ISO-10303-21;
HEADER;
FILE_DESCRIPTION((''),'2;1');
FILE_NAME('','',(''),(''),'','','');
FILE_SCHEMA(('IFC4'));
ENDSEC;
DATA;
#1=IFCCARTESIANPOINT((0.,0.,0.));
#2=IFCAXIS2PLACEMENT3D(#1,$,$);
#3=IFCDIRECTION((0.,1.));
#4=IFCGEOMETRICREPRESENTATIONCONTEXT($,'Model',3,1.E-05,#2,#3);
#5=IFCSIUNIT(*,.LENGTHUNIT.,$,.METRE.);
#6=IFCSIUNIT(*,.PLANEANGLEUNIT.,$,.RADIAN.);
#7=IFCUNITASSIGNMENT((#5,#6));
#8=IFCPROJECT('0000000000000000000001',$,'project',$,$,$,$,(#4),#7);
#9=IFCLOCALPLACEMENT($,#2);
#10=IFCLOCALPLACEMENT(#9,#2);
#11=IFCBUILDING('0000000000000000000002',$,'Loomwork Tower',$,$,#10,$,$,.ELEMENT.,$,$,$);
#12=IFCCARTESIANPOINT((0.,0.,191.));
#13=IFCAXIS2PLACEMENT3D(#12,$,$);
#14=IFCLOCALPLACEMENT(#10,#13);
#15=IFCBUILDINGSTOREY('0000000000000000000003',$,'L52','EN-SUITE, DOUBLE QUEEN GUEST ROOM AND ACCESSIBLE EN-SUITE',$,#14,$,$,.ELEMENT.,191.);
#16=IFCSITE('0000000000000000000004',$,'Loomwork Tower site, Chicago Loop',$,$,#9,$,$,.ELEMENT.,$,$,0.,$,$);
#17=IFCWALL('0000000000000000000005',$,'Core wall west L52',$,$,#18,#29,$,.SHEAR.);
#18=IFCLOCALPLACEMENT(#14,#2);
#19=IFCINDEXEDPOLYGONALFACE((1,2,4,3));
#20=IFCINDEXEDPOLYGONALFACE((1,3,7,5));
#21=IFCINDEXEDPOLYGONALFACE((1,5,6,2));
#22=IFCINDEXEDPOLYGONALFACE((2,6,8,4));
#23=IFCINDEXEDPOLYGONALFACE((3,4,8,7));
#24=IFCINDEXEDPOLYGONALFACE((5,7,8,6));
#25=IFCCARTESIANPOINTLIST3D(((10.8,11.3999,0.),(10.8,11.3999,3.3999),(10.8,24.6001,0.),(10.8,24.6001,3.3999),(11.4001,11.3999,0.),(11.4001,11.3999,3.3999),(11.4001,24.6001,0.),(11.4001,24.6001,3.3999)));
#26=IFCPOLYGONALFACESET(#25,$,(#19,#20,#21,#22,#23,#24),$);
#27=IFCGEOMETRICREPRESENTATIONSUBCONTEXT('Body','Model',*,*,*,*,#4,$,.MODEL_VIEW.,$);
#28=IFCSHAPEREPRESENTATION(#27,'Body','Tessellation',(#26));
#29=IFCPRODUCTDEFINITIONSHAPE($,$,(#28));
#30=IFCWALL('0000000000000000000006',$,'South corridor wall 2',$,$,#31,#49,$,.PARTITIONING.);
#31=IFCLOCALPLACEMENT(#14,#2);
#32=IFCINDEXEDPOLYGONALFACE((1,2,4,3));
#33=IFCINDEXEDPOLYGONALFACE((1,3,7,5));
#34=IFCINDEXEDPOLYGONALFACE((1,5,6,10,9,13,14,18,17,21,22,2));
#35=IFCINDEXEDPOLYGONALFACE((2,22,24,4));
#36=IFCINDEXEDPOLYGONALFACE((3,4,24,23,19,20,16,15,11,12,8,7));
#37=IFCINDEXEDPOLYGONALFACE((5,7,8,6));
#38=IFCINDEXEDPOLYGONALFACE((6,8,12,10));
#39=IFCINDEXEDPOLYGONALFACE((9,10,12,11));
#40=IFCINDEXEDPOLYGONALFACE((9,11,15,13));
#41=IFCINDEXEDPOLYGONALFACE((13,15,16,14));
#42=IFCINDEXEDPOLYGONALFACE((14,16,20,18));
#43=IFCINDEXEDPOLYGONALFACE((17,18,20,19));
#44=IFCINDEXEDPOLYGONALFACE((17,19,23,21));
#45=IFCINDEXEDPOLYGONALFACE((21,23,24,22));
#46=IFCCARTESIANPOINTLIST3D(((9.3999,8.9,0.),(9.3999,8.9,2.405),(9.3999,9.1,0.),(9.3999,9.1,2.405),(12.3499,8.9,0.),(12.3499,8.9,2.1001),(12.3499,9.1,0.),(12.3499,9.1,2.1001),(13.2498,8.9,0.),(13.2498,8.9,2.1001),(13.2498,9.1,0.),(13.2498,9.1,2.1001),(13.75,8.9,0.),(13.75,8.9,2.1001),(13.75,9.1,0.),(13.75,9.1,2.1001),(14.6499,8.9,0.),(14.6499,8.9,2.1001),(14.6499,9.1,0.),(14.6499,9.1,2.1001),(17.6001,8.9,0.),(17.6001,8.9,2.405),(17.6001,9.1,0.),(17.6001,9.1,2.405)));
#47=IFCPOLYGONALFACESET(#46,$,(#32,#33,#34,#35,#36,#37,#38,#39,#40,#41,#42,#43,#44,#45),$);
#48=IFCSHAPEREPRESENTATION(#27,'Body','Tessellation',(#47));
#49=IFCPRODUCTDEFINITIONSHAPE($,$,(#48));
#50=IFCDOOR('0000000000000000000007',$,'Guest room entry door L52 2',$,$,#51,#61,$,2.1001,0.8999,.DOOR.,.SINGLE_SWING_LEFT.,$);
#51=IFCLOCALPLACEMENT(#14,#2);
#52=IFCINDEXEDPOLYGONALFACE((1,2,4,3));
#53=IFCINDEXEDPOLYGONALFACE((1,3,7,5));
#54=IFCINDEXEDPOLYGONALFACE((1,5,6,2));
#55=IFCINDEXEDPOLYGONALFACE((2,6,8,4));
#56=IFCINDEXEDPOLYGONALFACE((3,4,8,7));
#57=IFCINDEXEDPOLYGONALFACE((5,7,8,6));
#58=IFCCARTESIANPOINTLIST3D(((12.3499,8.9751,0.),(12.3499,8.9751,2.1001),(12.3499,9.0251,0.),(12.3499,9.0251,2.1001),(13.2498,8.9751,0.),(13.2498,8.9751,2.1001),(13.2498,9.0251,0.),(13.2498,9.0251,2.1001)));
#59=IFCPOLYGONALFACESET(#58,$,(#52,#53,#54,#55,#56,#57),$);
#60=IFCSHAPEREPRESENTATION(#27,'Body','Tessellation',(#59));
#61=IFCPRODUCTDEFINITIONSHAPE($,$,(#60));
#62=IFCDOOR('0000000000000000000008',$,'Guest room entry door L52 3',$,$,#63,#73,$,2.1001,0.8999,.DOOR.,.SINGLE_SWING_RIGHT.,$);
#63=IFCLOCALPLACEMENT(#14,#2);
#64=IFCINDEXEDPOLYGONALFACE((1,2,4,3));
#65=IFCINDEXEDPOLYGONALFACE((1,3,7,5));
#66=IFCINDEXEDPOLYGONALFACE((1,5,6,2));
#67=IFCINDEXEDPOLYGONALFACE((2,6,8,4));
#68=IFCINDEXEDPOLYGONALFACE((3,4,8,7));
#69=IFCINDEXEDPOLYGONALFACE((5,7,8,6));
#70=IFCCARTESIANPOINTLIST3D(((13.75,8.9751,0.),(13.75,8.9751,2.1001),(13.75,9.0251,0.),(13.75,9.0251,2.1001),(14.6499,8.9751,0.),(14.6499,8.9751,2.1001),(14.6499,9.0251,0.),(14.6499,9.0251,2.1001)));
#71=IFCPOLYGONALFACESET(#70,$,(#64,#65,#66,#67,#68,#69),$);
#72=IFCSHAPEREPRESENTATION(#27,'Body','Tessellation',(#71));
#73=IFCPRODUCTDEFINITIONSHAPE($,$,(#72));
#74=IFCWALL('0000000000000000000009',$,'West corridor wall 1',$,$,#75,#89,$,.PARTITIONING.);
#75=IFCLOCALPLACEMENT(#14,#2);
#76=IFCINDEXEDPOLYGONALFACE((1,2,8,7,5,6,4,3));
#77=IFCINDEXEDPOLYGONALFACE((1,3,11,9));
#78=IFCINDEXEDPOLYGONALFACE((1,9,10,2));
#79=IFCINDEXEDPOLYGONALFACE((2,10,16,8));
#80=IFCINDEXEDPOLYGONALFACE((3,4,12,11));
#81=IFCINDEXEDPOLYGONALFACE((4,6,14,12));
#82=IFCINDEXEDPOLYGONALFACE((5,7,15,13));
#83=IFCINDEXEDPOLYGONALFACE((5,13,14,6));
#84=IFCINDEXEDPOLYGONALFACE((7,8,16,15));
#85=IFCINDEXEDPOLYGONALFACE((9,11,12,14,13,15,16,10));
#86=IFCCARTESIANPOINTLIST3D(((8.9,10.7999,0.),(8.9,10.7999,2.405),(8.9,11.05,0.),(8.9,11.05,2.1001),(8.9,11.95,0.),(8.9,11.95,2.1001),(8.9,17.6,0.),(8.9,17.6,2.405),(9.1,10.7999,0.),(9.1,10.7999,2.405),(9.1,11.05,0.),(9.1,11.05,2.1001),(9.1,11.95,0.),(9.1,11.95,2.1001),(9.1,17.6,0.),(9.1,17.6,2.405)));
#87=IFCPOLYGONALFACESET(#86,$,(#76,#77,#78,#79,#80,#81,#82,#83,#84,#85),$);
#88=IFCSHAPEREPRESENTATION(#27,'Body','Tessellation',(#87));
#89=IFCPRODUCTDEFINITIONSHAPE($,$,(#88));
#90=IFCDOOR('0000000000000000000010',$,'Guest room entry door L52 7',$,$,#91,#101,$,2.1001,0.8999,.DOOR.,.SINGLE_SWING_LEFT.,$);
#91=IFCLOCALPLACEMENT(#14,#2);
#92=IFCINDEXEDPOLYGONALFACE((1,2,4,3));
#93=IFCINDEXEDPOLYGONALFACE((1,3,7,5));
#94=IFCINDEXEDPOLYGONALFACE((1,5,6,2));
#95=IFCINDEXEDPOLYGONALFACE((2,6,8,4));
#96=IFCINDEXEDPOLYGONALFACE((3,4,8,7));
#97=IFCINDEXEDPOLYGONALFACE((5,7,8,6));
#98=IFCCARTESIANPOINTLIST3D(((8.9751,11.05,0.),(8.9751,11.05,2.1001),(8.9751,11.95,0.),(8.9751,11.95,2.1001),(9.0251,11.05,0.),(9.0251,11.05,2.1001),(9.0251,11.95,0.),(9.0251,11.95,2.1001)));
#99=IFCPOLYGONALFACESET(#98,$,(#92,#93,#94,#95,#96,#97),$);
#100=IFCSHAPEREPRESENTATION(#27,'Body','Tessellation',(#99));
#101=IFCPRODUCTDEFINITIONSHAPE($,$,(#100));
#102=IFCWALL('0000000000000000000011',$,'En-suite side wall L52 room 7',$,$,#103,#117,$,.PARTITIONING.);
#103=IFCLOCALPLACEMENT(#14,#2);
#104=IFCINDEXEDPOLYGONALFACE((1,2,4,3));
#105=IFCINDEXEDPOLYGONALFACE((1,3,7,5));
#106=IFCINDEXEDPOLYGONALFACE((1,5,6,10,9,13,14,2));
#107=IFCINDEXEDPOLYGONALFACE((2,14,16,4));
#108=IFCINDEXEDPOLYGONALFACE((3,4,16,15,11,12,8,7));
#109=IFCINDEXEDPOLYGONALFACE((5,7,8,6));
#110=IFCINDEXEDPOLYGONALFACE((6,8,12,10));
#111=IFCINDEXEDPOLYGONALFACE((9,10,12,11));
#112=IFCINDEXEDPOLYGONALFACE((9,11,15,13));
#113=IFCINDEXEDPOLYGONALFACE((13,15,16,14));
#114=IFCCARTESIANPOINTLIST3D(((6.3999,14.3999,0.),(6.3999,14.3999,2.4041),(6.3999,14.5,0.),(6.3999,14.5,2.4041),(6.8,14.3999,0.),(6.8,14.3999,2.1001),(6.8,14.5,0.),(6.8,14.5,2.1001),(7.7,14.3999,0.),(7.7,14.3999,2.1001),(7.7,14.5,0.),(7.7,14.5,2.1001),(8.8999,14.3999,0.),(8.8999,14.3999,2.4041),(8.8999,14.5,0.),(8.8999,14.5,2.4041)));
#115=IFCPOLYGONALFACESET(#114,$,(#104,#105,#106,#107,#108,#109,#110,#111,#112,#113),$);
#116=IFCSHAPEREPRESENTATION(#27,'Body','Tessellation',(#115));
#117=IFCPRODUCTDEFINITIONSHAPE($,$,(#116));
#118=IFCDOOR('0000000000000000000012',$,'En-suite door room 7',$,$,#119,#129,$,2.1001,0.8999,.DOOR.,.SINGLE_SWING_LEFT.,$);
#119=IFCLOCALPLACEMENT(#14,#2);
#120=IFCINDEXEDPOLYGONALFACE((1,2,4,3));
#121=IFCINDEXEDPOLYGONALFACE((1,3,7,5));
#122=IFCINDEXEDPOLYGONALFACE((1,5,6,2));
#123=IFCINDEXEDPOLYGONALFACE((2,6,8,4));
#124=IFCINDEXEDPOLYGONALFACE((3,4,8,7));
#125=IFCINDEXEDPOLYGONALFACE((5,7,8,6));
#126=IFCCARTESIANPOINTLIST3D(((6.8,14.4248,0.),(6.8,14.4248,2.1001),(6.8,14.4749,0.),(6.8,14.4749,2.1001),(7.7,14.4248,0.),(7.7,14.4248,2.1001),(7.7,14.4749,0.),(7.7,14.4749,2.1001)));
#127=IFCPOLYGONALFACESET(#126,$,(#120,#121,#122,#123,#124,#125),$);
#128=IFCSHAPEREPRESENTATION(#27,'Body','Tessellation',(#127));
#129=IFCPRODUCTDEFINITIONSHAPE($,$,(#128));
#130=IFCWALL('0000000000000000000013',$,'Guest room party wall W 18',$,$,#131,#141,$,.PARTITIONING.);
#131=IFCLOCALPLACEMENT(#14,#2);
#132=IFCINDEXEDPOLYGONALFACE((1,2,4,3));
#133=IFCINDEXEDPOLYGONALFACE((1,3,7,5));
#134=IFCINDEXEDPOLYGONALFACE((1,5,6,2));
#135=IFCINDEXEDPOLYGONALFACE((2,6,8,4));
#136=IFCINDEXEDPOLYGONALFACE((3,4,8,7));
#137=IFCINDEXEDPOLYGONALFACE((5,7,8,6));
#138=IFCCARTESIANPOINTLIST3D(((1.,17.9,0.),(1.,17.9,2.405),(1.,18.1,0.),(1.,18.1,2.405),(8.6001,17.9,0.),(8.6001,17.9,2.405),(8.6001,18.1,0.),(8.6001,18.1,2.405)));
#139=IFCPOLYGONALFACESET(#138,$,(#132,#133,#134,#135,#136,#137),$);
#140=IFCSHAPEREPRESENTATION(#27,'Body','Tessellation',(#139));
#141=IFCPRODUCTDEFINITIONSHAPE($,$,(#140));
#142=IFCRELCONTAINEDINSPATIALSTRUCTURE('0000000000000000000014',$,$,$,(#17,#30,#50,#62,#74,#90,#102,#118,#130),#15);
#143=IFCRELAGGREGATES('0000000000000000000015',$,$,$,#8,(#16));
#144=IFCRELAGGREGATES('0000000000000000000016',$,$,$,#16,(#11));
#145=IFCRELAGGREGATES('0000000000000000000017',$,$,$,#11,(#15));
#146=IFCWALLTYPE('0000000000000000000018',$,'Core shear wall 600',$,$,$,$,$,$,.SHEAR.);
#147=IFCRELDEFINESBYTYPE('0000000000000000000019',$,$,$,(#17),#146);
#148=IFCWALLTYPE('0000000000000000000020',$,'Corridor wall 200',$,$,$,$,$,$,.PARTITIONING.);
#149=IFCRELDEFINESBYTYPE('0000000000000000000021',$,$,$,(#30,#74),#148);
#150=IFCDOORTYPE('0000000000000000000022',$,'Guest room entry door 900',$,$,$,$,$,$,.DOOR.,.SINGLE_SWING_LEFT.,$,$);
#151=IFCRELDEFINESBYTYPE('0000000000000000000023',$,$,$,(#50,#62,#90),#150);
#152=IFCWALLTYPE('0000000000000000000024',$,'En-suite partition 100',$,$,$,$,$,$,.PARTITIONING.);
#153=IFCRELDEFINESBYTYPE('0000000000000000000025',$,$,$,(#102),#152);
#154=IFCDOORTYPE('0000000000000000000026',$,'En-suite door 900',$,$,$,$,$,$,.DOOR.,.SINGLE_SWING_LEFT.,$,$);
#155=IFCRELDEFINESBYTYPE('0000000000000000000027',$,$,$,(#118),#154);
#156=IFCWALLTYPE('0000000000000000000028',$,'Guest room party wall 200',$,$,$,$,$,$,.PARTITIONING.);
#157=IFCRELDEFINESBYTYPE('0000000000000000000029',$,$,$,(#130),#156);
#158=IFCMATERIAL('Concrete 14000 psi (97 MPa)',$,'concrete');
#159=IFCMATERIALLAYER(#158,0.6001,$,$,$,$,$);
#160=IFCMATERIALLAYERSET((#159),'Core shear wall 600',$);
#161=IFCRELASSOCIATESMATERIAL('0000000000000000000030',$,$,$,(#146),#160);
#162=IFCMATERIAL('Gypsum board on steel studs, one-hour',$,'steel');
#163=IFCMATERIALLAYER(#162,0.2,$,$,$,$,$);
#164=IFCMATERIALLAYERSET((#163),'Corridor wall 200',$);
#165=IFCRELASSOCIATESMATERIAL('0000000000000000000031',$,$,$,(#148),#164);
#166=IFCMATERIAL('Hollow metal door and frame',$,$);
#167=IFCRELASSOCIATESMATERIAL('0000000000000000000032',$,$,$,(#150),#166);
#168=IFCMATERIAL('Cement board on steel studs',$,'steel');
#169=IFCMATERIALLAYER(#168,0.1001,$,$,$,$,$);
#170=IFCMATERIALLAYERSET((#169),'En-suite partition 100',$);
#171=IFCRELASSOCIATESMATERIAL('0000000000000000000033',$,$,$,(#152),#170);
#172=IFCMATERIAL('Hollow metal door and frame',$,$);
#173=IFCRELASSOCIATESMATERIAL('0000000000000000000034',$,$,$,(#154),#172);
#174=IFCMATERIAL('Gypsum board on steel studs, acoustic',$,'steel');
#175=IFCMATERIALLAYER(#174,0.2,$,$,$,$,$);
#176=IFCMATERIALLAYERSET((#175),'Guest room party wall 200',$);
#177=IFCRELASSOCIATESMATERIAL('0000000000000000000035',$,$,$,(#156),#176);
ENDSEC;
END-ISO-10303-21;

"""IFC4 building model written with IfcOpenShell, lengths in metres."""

from ifc_helpers import new_model, si_unit, direction, frame, frame_2d, origin, place, context, subcontext, project, spatial, rectangle, extrude, material, layer, layer_set, type_object, element, fill, save


model = new_model("IFC4")

# Units and contexts
model_context = context("Model", 3, precision=1e-05, world=origin(), true_north=direction((0.0, 1.0)))
body_context = subcontext(model_context, "Body", "Model", "MODEL_VIEW")
ifc_project = project(units=[si_unit("LENGTHUNIT", "METRE"), si_unit("PLANEANGLEUNIT", "RADIAN")], contexts=[model_context])

# Site, building, storey
site_placement = place(None, origin())
site = spatial("IfcSite", under=ifc_project, at=site_placement, Name="Loomwork Tower site, Chicago Loop", CompositionType="ELEMENT", RefElevation=0.0)
building_placement = place(site_placement, origin())
building = spatial("IfcBuilding", under=site, at=building_placement, Name="Loomwork Tower", CompositionType="ELEMENT")
storey_placement = place(building_placement, frame((0.0, 0.0, 191.0)))
storey = spatial("IfcBuildingStorey", under=building, at=storey_placement, Name="L52", Description="EN-SUITE, DOUBLE QUEEN GUEST ROOM AND ACCESSIBLE EN-SUITE", CompositionType="ELEMENT", Elevation=191.0)

# Shared definitions
ifc_material_1 = material(Name="Concrete 14000 psi (97 MPa)", Category="concrete")
ifc_layer_1 = layer(ifc_material_1, 0.6001)
ifc_layer_set_1 = layer_set([ifc_layer_1], Name="Core shear wall 600")
wall_type_1 = type_object("IfcWallType", Name="Core shear wall 600", PredefinedType="SHEAR", material=ifc_layer_set_1)

# Wall
wall_1_placement = place(storey_placement, frame((11.1001, 11.3999, 0.0), z_axis=(0.0, 0.0, 1.0), x_axis=(0.0, 1.0, 0.0)))
element("IfcWall", 1, at=wall_1_placement, inside=storey, type_object=wall_type_1, Name="Core wall west L52", PredefinedType="SHEAR", context=body_context, shape_type="SweptSolid", body=[
    extrude(rectangle(XDim=13.2002, YDim=0.6001, at=frame_2d((6.6001, 0.0))), origin(), (0.0, 0.0, 1.0), 3.3999),
])

# Wall, openings, doors
ifc_material_2 = material(Name="Gypsum board on steel studs, one-hour", Category="steel")
ifc_layer_2 = layer(ifc_material_2, 0.2)
ifc_layer_set_2 = layer_set([ifc_layer_2], Name="Corridor wall 200")
wall_type_2 = type_object("IfcWallType", Name="Corridor wall 200", PredefinedType="PARTITIONING", material=ifc_layer_set_2)
wall_2_placement = place(storey_placement, frame((9.3999, 9.0, 0.0), z_axis=(0.0, 0.0, 1.0), x_axis=(1.0, 0.0, 0.0)))
wall_2 = element("IfcWall", 2, at=wall_2_placement, inside=storey, type_object=wall_type_2, Name="South corridor wall 2", PredefinedType="PARTITIONING", context=body_context, shape_type="SweptSolid", body=[
    extrude(rectangle(XDim=8.2002, YDim=0.2, at=frame_2d((4.1001, 0.0))), origin(), (0.0, 0.0, 1.0), 2.405),
])
opening_1_placement = place(wall_2_placement, frame((2.95, 0.0, 0.0)))
opening_1 = element("IfcOpeningElement", 3, at=opening_1_placement, cuts=wall_2, PredefinedType="OPENING", context=body_context, shape_type="SweptSolid", body=[
    extrude(rectangle(XDim=0.8999, YDim=2.1001, at=frame_2d((0.45, 1.05))), frame((0.0, 0.1099, 0.0), z_axis=(0.0, -1.0, 0.0), x_axis=(1.0, 0.0, 0.0)), (0.0, 0.0, 1.0), 0.22),
])
opening_2_placement = place(wall_2_placement, frame((4.3501, 0.0, 0.0)))
opening_2 = element("IfcOpeningElement", 4, at=opening_2_placement, cuts=wall_2, PredefinedType="OPENING", context=body_context, shape_type="SweptSolid", body=[
    extrude(rectangle(XDim=0.8999, YDim=2.1001, at=frame_2d((0.45, 1.05))), frame((0.0, 0.1099, 0.0), z_axis=(0.0, -1.0, 0.0), x_axis=(1.0, 0.0, 0.0)), (0.0, 0.0, 1.0), 0.22),
])
ifc_material_3 = material(Name="Hollow metal door and frame")
door_type_1 = type_object("IfcDoorType", Name="Guest room entry door 900", OperationType="SINGLE_SWING_LEFT", PredefinedType="DOOR", material=ifc_material_3)
door_1_placement = place(opening_1_placement, frame((0.8999, 0.0, 0.0), z_axis=(0.0, 0.0, 1.0), x_axis=(-1.0, 0.0, 0.0)))
door_1 = element("IfcDoor", 5, at=door_1_placement, inside=storey, type_object=door_type_1, Name="Guest room entry door L52 2", OperationType="SINGLE_SWING_LEFT", OverallHeight=2.1001, OverallWidth=0.8999, PredefinedType="DOOR", context=body_context, shape_type="SweptSolid", body=[
    extrude(rectangle(XDim=0.8999, YDim=2.1001, at=frame_2d((0.45, 1.05))), frame((0.0, 0.0249, 0.0), z_axis=(0.0, -1.0, 0.0), x_axis=(1.0, 0.0, 0.0)), (0.0, 0.0, 1.0), 0.05),
])
fill(opening_1, door_1)
door_2_placement = place(opening_2_placement, frame((0.8999, 0.0, 0.0), z_axis=(0.0, 0.0, 1.0), x_axis=(-1.0, 0.0, 0.0)))
door_2 = element("IfcDoor", 6, at=door_2_placement, inside=storey, type_object=door_type_1, Name="Guest room entry door L52 3", OperationType="SINGLE_SWING_RIGHT", OverallHeight=2.1001, OverallWidth=0.8999, PredefinedType="DOOR", context=body_context, shape_type="SweptSolid", body=[
    extrude(rectangle(XDim=0.8999, YDim=2.1001, at=frame_2d((0.45, 1.05))), frame((0.0, 0.0249, 0.0), z_axis=(0.0, -1.0, 0.0), x_axis=(1.0, 0.0, 0.0)), (0.0, 0.0, 1.0), 0.05),
])
fill(opening_2, door_2)

# Walls, openings, doors
wall_3_placement = place(storey_placement, frame((9.0, 10.8, 0.0), z_axis=(0.0, 0.0, 1.0), x_axis=(0.0, 1.0, 0.0)))
wall_3 = element("IfcWall", 7, at=wall_3_placement, inside=storey, type_object=wall_type_2, Name="West corridor wall 1", PredefinedType="PARTITIONING", context=body_context, shape_type="SweptSolid", body=[
    extrude(rectangle(XDim=6.8, YDim=0.2, at=frame_2d((3.3999, 0.0))), origin(), (0.0, 0.0, 1.0), 2.405),
])
opening_3_placement = place(wall_3_placement, frame((0.25, 0.0, 0.0)))
opening_3 = element("IfcOpeningElement", 8, at=opening_3_placement, cuts=wall_3, PredefinedType="OPENING", context=body_context, shape_type="SweptSolid", body=[
    extrude(rectangle(XDim=0.8999, YDim=2.1001, at=frame_2d((0.45, 1.05))), frame((0.0, 0.1099, 0.0), z_axis=(0.0, -1.0, 0.0), x_axis=(1.0, 0.0, 0.0)), (0.0, 0.0, 1.0), 0.22),
])
door_3_placement = place(opening_3_placement, origin())
door_3 = element("IfcDoor", 9, at=door_3_placement, inside=storey, type_object=door_type_1, Name="Guest room entry door L52 7", OperationType="SINGLE_SWING_LEFT", OverallHeight=2.1001, OverallWidth=0.8999, PredefinedType="DOOR", context=body_context, shape_type="SweptSolid", body=[
    extrude(rectangle(XDim=0.8999, YDim=2.1001, at=frame_2d((0.45, 1.05))), frame((0.0, 0.0249, 0.0), z_axis=(0.0, -1.0, 0.0), x_axis=(1.0, 0.0, 0.0)), (0.0, 0.0, 1.0), 0.05),
])
fill(opening_3, door_3)
ifc_material_4 = material(Name="Cement board on steel studs", Category="steel")
ifc_layer_3 = layer(ifc_material_4, 0.1001)
ifc_layer_set_3 = layer_set([ifc_layer_3], Name="En-suite partition 100")
wall_type_3 = type_object("IfcWallType", Name="En-suite partition 100", PredefinedType="PARTITIONING", material=ifc_layer_set_3)
wall_4_placement = place(storey_placement, frame((8.8999, 14.45, 0.0), z_axis=(0.0, 0.0, 1.0), x_axis=(-1.0, 0.0, 0.0)))
wall_4 = element("IfcWall", 10, at=wall_4_placement, inside=storey, type_object=wall_type_3, Name="En-suite side wall L52 room 7", PredefinedType="PARTITIONING", context=body_context, shape_type="SweptSolid", body=[
    extrude(rectangle(XDim=2.5, YDim=0.1001, at=frame_2d((1.25, 0.0))), origin(), (0.0, 0.0, 1.0), 2.4041),
])
opening_4_placement = place(wall_4_placement, frame((1.2, 0.0, 0.0)))
opening_4 = element("IfcOpeningElement", 11, at=opening_4_placement, cuts=wall_4, PredefinedType="OPENING", context=body_context, shape_type="SweptSolid", body=[
    extrude(rectangle(XDim=0.8999, YDim=2.1001, at=frame_2d((0.45, 1.05))), frame((0.0, 0.0601, 0.0), z_axis=(0.0, -1.0, 0.0), x_axis=(1.0, 0.0, 0.0)), (0.0, 0.0, 1.0), 0.1201),
])
ifc_material_5 = material(Name="Hollow metal door and frame")
door_type_2 = type_object("IfcDoorType", Name="En-suite door 900", OperationType="SINGLE_SWING_LEFT", PredefinedType="DOOR", material=ifc_material_5)
door_4_placement = place(opening_4_placement, frame((0.8999, 0.0, 0.0), z_axis=(0.0, 0.0, 1.0), x_axis=(-1.0, 0.0, 0.0)))
door_4 = element("IfcDoor", 12, at=door_4_placement, inside=storey, type_object=door_type_2, Name="En-suite door room 7", OperationType="SINGLE_SWING_LEFT", OverallHeight=2.1001, OverallWidth=0.8999, PredefinedType="DOOR", context=body_context, shape_type="SweptSolid", body=[
    extrude(rectangle(XDim=0.8999, YDim=2.1001, at=frame_2d((0.45, 1.05))), frame((0.0, 0.0249, 0.0), z_axis=(0.0, -1.0, 0.0), x_axis=(1.0, 0.0, 0.0)), (0.0, 0.0, 1.0), 0.05),
])
fill(opening_4, door_4)

# Wall
ifc_material_6 = material(Name="Gypsum board on steel studs, acoustic", Category="steel")
ifc_layer_4 = layer(ifc_material_6, 0.2)
ifc_layer_set_4 = layer_set([ifc_layer_4], Name="Guest room party wall 200")
wall_type_4 = type_object("IfcWallType", Name="Guest room party wall 200", PredefinedType="PARTITIONING", material=ifc_layer_set_4)
wall_5_placement = place(storey_placement, frame((8.6001, 18.0, 0.0), z_axis=(0.0, 0.0, 1.0), x_axis=(-1.0, 0.0, 0.0)))
element("IfcWall", 13, at=wall_5_placement, inside=storey, type_object=wall_type_4, Name="Guest room party wall W 18", PredefinedType="PARTITIONING", context=body_context, shape_type="SweptSolid", body=[
    extrude(rectangle(XDim=7.6001, YDim=0.2, at=frame_2d((3.8, 0.0))), origin(), (0.0, 0.0, 1.0), 2.405),
])

save(model, "model.ifc")
